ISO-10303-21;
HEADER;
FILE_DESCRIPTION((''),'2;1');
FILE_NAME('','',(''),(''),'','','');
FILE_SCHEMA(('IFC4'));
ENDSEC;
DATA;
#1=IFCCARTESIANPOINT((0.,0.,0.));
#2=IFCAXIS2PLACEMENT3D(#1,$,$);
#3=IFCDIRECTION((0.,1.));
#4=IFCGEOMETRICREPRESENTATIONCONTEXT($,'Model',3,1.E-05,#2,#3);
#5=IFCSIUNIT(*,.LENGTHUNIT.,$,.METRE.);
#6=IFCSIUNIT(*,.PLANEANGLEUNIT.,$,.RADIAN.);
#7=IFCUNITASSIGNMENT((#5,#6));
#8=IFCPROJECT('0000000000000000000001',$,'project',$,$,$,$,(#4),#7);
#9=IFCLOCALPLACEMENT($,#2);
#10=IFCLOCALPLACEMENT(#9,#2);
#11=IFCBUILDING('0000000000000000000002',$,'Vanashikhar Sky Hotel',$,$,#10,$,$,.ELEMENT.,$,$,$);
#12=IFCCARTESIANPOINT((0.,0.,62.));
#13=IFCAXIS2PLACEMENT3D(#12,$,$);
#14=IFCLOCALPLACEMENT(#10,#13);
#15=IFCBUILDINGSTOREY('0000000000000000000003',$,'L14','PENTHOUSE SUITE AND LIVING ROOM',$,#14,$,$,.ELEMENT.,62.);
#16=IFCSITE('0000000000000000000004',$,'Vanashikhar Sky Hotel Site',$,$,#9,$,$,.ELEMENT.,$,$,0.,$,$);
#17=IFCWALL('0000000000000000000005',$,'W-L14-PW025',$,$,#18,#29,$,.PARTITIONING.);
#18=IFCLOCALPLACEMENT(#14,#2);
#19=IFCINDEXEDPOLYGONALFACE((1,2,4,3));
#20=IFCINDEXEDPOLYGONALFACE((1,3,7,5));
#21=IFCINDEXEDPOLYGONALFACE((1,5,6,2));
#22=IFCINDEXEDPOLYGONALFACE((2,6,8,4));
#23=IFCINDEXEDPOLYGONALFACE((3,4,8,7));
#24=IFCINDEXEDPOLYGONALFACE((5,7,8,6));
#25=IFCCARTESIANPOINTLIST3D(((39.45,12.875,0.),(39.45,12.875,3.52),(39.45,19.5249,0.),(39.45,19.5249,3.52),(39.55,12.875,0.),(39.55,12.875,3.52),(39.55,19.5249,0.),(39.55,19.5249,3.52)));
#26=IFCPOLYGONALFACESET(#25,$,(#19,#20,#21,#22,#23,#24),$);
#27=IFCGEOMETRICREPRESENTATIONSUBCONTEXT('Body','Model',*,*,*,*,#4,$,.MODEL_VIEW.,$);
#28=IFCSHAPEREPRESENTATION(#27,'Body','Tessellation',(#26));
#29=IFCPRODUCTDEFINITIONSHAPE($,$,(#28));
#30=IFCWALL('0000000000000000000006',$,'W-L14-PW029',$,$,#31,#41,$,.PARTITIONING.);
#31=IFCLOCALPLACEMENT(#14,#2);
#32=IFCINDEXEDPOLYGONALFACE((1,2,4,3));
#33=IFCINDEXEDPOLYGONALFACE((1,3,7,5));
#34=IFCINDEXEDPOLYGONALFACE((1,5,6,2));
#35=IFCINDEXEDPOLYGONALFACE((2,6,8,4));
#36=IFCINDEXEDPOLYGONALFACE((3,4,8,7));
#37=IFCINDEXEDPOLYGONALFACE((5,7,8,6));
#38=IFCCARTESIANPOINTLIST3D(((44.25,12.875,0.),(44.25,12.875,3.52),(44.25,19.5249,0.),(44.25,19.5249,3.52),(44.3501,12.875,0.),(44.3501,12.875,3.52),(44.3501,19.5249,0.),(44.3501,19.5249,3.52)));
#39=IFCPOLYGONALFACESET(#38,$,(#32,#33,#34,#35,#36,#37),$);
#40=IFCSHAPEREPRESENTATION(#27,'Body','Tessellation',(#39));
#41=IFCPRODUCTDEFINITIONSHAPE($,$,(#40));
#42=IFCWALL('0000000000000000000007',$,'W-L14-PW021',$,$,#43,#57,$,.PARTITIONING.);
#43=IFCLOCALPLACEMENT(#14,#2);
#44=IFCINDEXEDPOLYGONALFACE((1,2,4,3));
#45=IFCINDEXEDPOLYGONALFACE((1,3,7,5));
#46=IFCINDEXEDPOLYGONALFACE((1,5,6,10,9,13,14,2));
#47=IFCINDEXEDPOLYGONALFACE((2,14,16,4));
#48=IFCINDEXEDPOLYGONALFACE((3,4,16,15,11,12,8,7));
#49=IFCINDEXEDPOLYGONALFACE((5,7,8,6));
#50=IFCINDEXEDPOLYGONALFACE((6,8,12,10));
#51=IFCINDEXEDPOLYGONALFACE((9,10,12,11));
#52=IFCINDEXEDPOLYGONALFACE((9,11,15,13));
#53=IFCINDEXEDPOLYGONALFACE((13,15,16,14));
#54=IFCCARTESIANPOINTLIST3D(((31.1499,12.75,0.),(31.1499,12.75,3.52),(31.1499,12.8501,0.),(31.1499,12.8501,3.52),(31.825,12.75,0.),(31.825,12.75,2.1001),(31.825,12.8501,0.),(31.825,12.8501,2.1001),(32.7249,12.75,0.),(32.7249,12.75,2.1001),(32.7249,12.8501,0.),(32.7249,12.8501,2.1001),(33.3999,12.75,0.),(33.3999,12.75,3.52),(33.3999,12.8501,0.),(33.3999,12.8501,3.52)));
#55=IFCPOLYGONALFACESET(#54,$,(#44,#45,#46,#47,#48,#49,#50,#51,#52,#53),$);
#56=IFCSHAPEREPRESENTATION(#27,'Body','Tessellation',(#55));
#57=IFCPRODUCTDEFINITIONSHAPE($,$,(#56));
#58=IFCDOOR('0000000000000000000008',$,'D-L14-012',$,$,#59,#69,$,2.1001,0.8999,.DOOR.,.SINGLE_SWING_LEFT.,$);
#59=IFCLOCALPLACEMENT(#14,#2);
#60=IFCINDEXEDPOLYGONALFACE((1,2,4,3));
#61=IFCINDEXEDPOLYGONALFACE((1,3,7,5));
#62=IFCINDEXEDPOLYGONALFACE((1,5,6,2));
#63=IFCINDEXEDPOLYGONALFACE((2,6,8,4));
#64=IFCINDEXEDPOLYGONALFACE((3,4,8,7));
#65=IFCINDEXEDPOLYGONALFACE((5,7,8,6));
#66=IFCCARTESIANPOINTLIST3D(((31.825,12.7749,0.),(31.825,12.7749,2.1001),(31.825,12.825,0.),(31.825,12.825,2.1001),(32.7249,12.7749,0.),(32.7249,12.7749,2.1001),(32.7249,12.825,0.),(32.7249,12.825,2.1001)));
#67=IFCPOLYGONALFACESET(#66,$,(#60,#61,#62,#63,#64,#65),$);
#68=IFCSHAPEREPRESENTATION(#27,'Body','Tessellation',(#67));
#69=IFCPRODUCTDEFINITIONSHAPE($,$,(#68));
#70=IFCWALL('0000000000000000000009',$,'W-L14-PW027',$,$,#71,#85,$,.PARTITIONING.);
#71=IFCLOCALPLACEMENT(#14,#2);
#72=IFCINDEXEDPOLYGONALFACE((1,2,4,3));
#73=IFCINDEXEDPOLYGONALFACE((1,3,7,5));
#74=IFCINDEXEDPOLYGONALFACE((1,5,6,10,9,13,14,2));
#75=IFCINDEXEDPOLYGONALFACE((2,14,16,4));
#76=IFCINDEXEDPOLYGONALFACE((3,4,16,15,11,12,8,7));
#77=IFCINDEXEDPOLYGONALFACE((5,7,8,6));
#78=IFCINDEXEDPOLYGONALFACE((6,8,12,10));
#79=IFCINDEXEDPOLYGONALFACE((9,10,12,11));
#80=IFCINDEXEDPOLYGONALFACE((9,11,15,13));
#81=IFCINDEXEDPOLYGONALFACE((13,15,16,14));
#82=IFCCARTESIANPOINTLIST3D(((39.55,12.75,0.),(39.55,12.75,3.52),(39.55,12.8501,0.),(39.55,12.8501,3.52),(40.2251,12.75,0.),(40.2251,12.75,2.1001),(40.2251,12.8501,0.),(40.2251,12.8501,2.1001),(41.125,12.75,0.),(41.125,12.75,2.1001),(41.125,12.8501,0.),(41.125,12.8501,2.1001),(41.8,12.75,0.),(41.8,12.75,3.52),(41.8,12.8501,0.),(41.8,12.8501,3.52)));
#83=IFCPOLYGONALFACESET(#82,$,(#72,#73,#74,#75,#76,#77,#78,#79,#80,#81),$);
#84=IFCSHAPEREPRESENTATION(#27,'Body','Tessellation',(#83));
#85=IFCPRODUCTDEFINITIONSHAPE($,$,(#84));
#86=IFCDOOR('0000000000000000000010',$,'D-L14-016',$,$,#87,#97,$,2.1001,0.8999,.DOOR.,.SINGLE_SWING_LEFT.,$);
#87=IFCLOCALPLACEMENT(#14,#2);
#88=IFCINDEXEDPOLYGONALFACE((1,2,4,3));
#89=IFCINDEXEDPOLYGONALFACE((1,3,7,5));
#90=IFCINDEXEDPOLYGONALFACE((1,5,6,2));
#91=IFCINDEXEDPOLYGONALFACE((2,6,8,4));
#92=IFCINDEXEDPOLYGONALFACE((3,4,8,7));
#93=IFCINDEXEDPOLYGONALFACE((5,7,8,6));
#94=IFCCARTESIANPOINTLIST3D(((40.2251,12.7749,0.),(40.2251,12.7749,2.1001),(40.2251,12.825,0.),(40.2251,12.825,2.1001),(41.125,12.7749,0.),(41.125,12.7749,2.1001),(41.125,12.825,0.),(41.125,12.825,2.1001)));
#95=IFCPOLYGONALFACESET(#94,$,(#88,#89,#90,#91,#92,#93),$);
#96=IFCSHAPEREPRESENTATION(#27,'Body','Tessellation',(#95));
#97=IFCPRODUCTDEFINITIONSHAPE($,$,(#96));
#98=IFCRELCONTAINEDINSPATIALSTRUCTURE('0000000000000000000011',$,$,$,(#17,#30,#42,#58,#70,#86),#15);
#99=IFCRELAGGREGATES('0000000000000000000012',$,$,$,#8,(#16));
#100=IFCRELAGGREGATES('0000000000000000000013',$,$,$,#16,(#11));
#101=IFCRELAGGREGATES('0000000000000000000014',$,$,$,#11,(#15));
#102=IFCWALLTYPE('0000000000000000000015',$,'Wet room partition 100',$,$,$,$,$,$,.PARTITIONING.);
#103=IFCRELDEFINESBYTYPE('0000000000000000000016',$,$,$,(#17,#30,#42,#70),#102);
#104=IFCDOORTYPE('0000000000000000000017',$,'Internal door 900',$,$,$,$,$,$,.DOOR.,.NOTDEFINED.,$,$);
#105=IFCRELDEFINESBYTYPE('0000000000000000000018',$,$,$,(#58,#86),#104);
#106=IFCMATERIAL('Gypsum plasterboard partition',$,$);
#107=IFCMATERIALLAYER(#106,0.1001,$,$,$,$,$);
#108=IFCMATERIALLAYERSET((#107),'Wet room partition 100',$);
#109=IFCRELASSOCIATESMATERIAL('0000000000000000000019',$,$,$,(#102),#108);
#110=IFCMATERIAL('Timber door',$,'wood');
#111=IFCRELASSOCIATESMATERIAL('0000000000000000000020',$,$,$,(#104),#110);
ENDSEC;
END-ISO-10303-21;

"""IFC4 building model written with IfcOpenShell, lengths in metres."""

from ifc_helpers import new_model, si_unit, direction, frame, frame_2d, origin, place, context, subcontext, project, spatial, rectangle, extrude, source, transform, mapped, material, layer, layer_set, type_object, element, fill, save


model = new_model("IFC4")

# Units and contexts
model_context = context("Model", 3, precision=1e-05, world=origin(), true_north=direction((0.0, 1.0)))
body_context = subcontext(model_context, "Body", "Model", "MODEL_VIEW")
ifc_project = project(units=[si_unit("LENGTHUNIT", "METRE"), si_unit("PLANEANGLEUNIT", "RADIAN")], contexts=[model_context])

# Site, building, storey
site_placement = place(None, origin())
site = spatial("IfcSite", under=ifc_project, at=site_placement, Name="Vanashikhar Sky Hotel Site", CompositionType="ELEMENT", RefElevation=0.0)
building_placement = place(site_placement, origin())
building = spatial("IfcBuilding", under=site, at=building_placement, Name="Vanashikhar Sky Hotel", CompositionType="ELEMENT")
storey_placement = place(building_placement, frame((0.0, 0.0, 62.0)))
storey = spatial("IfcBuildingStorey", under=building, at=storey_placement, Name="L14", Description="PENTHOUSE SUITE AND LIVING ROOM", CompositionType="ELEMENT", Elevation=62.0)

# Shared definitions
ifc_material_1 = material(Name="Gypsum plasterboard partition")
ifc_layer_1 = layer(ifc_material_1, 0.1001)
ifc_layer_set_1 = layer_set([ifc_layer_1], Name="Wet room partition 100")
wall_type_1 = type_object("IfcWallType", Name="Wet room partition 100", PredefinedType="PARTITIONING", material=ifc_layer_set_1)
shared_shape_1 = source(origin(), body_context, "Body", "SweptSolid", [
    extrude(rectangle(XDim=0.8999, YDim=2.1001, at=frame_2d((0.45, 1.05))), frame((0.0, 0.0601, 0.0), z_axis=(0.0, -1.0, 0.0), x_axis=(1.0, 0.0, 0.0)), (0.0, 0.0, 1.0), 0.1201),
])
ifc_material_2 = material(Name="Timber door", Category="wood")
door_type = type_object("IfcDoorType", Name="Internal door 900", OperationType="NOTDEFINED", PredefinedType="DOOR", material=ifc_material_2)
shared_shape_2 = source(origin(), body_context, "Body", "SweptSolid", [
    extrude(rectangle(XDim=0.8999, YDim=2.1001, at=frame_2d((0.45, 1.05))), frame((0.0, 0.0249, 0.0), z_axis=(0.0, -1.0, 0.0), x_axis=(1.0, 0.0, 0.0)), (0.0, 0.0, 1.0), 0.05),
])

# Walls
shared_shape_3 = source(origin(), body_context, "Body", "SweptSolid", [
    extrude(rectangle(XDim=6.6499, YDim=0.1001, at=frame_2d((3.325, 0.0))), origin(), (0.0, 0.0, 1.0), 3.52),
])
for number, where, z_axis, x_axis, name in (
    (1, (39.5, 12.875, 0.0), (0.0, 0.0, 1.0), (0.0, 1.0, 0.0), "W-L14-PW025"),
    (2, (44.3, 12.875, 0.0), (0.0, 0.0, 1.0), (0.0, 1.0, 0.0), "W-L14-PW029"),
):
    element("IfcWall", number, at=place(storey_placement, frame(where, z_axis=z_axis, x_axis=x_axis)), inside=storey, type_object=wall_type_1, Name=name, PredefinedType="PARTITIONING", context=body_context, shape_type="MappedRepresentation", body=[
        mapped(shared_shape_3, transform((0.0, 0.0, 0.0), scale=1.0)),
    ])

# Walls, openings, doors
shared_shape_4 = source(origin(), body_context, "Body", "SweptSolid", [
    extrude(rectangle(XDim=2.25, YDim=0.1001, at=frame_2d((1.125, 0.0))), origin(), (0.0, 0.0, 1.0), 3.52),
])
wall_1_placement = place(storey_placement, frame((31.1499, 12.8, 0.0), z_axis=(0.0, 0.0, 1.0), x_axis=(1.0, 0.0, 0.0)))
wall_1 = element("IfcWall", 3, at=wall_1_placement, inside=storey, type_object=wall_type_1, Name="W-L14-PW021", PredefinedType="PARTITIONING", context=body_context, shape_type="MappedRepresentation", body=[
    mapped(shared_shape_4, transform((0.0, 0.0, 0.0), scale=1.0)),
])
opening_1_placement = place(wall_1_placement, frame((0.675, 0.0, 0.0)))
opening_1 = element("IfcOpeningElement", 4, at=opening_1_placement, cuts=wall_1, PredefinedType="OPENING", context=body_context, shape_type="MappedRepresentation", body=[
    mapped(shared_shape_1, transform((0.0, 0.0, 0.0), scale=1.0)),
])
door_1_placement = place(opening_1_placement, origin())
door_1 = element("IfcDoor", 5, at=door_1_placement, inside=storey, type_object=door_type, Name="D-L14-012", OperationType="SINGLE_SWING_LEFT", OverallHeight=2.1001, OverallWidth=0.8999, PredefinedType="DOOR", context=body_context, shape_type="MappedRepresentation", body=[
    mapped(shared_shape_2, transform((0.0, 0.0, 0.0), scale=1.0)),
])
fill(opening_1, door_1)
wall_2_placement = place(storey_placement, frame((39.55, 12.8, 0.0), z_axis=(0.0, 0.0, 1.0), x_axis=(1.0, 0.0, 0.0)))
wall_2 = element("IfcWall", 6, at=wall_2_placement, inside=storey, type_object=wall_type_1, Name="W-L14-PW027", PredefinedType="PARTITIONING", context=body_context, shape_type="MappedRepresentation", body=[
    mapped(shared_shape_4, transform((0.0, 0.0, 0.0), scale=1.0)),
])
opening_2_placement = place(wall_2_placement, frame((0.675, 0.0, 0.0)))
opening_2 = element("IfcOpeningElement", 7, at=opening_2_placement, cuts=wall_2, PredefinedType="OPENING", context=body_context, shape_type="MappedRepresentation", body=[
    mapped(shared_shape_1, transform((0.0, 0.0, 0.0), scale=1.0)),
])
door_2_placement = place(opening_2_placement, origin())
door_2 = element("IfcDoor", 8, at=door_2_placement, inside=storey, type_object=door_type, Name="D-L14-016", OperationType="SINGLE_SWING_LEFT", OverallHeight=2.1001, OverallWidth=0.8999, PredefinedType="DOOR", context=body_context, shape_type="MappedRepresentation", body=[
    mapped(shared_shape_2, transform((0.0, 0.0, 0.0), scale=1.0)),
])
fill(opening_2, door_2)

save(model, "model.ifc")
